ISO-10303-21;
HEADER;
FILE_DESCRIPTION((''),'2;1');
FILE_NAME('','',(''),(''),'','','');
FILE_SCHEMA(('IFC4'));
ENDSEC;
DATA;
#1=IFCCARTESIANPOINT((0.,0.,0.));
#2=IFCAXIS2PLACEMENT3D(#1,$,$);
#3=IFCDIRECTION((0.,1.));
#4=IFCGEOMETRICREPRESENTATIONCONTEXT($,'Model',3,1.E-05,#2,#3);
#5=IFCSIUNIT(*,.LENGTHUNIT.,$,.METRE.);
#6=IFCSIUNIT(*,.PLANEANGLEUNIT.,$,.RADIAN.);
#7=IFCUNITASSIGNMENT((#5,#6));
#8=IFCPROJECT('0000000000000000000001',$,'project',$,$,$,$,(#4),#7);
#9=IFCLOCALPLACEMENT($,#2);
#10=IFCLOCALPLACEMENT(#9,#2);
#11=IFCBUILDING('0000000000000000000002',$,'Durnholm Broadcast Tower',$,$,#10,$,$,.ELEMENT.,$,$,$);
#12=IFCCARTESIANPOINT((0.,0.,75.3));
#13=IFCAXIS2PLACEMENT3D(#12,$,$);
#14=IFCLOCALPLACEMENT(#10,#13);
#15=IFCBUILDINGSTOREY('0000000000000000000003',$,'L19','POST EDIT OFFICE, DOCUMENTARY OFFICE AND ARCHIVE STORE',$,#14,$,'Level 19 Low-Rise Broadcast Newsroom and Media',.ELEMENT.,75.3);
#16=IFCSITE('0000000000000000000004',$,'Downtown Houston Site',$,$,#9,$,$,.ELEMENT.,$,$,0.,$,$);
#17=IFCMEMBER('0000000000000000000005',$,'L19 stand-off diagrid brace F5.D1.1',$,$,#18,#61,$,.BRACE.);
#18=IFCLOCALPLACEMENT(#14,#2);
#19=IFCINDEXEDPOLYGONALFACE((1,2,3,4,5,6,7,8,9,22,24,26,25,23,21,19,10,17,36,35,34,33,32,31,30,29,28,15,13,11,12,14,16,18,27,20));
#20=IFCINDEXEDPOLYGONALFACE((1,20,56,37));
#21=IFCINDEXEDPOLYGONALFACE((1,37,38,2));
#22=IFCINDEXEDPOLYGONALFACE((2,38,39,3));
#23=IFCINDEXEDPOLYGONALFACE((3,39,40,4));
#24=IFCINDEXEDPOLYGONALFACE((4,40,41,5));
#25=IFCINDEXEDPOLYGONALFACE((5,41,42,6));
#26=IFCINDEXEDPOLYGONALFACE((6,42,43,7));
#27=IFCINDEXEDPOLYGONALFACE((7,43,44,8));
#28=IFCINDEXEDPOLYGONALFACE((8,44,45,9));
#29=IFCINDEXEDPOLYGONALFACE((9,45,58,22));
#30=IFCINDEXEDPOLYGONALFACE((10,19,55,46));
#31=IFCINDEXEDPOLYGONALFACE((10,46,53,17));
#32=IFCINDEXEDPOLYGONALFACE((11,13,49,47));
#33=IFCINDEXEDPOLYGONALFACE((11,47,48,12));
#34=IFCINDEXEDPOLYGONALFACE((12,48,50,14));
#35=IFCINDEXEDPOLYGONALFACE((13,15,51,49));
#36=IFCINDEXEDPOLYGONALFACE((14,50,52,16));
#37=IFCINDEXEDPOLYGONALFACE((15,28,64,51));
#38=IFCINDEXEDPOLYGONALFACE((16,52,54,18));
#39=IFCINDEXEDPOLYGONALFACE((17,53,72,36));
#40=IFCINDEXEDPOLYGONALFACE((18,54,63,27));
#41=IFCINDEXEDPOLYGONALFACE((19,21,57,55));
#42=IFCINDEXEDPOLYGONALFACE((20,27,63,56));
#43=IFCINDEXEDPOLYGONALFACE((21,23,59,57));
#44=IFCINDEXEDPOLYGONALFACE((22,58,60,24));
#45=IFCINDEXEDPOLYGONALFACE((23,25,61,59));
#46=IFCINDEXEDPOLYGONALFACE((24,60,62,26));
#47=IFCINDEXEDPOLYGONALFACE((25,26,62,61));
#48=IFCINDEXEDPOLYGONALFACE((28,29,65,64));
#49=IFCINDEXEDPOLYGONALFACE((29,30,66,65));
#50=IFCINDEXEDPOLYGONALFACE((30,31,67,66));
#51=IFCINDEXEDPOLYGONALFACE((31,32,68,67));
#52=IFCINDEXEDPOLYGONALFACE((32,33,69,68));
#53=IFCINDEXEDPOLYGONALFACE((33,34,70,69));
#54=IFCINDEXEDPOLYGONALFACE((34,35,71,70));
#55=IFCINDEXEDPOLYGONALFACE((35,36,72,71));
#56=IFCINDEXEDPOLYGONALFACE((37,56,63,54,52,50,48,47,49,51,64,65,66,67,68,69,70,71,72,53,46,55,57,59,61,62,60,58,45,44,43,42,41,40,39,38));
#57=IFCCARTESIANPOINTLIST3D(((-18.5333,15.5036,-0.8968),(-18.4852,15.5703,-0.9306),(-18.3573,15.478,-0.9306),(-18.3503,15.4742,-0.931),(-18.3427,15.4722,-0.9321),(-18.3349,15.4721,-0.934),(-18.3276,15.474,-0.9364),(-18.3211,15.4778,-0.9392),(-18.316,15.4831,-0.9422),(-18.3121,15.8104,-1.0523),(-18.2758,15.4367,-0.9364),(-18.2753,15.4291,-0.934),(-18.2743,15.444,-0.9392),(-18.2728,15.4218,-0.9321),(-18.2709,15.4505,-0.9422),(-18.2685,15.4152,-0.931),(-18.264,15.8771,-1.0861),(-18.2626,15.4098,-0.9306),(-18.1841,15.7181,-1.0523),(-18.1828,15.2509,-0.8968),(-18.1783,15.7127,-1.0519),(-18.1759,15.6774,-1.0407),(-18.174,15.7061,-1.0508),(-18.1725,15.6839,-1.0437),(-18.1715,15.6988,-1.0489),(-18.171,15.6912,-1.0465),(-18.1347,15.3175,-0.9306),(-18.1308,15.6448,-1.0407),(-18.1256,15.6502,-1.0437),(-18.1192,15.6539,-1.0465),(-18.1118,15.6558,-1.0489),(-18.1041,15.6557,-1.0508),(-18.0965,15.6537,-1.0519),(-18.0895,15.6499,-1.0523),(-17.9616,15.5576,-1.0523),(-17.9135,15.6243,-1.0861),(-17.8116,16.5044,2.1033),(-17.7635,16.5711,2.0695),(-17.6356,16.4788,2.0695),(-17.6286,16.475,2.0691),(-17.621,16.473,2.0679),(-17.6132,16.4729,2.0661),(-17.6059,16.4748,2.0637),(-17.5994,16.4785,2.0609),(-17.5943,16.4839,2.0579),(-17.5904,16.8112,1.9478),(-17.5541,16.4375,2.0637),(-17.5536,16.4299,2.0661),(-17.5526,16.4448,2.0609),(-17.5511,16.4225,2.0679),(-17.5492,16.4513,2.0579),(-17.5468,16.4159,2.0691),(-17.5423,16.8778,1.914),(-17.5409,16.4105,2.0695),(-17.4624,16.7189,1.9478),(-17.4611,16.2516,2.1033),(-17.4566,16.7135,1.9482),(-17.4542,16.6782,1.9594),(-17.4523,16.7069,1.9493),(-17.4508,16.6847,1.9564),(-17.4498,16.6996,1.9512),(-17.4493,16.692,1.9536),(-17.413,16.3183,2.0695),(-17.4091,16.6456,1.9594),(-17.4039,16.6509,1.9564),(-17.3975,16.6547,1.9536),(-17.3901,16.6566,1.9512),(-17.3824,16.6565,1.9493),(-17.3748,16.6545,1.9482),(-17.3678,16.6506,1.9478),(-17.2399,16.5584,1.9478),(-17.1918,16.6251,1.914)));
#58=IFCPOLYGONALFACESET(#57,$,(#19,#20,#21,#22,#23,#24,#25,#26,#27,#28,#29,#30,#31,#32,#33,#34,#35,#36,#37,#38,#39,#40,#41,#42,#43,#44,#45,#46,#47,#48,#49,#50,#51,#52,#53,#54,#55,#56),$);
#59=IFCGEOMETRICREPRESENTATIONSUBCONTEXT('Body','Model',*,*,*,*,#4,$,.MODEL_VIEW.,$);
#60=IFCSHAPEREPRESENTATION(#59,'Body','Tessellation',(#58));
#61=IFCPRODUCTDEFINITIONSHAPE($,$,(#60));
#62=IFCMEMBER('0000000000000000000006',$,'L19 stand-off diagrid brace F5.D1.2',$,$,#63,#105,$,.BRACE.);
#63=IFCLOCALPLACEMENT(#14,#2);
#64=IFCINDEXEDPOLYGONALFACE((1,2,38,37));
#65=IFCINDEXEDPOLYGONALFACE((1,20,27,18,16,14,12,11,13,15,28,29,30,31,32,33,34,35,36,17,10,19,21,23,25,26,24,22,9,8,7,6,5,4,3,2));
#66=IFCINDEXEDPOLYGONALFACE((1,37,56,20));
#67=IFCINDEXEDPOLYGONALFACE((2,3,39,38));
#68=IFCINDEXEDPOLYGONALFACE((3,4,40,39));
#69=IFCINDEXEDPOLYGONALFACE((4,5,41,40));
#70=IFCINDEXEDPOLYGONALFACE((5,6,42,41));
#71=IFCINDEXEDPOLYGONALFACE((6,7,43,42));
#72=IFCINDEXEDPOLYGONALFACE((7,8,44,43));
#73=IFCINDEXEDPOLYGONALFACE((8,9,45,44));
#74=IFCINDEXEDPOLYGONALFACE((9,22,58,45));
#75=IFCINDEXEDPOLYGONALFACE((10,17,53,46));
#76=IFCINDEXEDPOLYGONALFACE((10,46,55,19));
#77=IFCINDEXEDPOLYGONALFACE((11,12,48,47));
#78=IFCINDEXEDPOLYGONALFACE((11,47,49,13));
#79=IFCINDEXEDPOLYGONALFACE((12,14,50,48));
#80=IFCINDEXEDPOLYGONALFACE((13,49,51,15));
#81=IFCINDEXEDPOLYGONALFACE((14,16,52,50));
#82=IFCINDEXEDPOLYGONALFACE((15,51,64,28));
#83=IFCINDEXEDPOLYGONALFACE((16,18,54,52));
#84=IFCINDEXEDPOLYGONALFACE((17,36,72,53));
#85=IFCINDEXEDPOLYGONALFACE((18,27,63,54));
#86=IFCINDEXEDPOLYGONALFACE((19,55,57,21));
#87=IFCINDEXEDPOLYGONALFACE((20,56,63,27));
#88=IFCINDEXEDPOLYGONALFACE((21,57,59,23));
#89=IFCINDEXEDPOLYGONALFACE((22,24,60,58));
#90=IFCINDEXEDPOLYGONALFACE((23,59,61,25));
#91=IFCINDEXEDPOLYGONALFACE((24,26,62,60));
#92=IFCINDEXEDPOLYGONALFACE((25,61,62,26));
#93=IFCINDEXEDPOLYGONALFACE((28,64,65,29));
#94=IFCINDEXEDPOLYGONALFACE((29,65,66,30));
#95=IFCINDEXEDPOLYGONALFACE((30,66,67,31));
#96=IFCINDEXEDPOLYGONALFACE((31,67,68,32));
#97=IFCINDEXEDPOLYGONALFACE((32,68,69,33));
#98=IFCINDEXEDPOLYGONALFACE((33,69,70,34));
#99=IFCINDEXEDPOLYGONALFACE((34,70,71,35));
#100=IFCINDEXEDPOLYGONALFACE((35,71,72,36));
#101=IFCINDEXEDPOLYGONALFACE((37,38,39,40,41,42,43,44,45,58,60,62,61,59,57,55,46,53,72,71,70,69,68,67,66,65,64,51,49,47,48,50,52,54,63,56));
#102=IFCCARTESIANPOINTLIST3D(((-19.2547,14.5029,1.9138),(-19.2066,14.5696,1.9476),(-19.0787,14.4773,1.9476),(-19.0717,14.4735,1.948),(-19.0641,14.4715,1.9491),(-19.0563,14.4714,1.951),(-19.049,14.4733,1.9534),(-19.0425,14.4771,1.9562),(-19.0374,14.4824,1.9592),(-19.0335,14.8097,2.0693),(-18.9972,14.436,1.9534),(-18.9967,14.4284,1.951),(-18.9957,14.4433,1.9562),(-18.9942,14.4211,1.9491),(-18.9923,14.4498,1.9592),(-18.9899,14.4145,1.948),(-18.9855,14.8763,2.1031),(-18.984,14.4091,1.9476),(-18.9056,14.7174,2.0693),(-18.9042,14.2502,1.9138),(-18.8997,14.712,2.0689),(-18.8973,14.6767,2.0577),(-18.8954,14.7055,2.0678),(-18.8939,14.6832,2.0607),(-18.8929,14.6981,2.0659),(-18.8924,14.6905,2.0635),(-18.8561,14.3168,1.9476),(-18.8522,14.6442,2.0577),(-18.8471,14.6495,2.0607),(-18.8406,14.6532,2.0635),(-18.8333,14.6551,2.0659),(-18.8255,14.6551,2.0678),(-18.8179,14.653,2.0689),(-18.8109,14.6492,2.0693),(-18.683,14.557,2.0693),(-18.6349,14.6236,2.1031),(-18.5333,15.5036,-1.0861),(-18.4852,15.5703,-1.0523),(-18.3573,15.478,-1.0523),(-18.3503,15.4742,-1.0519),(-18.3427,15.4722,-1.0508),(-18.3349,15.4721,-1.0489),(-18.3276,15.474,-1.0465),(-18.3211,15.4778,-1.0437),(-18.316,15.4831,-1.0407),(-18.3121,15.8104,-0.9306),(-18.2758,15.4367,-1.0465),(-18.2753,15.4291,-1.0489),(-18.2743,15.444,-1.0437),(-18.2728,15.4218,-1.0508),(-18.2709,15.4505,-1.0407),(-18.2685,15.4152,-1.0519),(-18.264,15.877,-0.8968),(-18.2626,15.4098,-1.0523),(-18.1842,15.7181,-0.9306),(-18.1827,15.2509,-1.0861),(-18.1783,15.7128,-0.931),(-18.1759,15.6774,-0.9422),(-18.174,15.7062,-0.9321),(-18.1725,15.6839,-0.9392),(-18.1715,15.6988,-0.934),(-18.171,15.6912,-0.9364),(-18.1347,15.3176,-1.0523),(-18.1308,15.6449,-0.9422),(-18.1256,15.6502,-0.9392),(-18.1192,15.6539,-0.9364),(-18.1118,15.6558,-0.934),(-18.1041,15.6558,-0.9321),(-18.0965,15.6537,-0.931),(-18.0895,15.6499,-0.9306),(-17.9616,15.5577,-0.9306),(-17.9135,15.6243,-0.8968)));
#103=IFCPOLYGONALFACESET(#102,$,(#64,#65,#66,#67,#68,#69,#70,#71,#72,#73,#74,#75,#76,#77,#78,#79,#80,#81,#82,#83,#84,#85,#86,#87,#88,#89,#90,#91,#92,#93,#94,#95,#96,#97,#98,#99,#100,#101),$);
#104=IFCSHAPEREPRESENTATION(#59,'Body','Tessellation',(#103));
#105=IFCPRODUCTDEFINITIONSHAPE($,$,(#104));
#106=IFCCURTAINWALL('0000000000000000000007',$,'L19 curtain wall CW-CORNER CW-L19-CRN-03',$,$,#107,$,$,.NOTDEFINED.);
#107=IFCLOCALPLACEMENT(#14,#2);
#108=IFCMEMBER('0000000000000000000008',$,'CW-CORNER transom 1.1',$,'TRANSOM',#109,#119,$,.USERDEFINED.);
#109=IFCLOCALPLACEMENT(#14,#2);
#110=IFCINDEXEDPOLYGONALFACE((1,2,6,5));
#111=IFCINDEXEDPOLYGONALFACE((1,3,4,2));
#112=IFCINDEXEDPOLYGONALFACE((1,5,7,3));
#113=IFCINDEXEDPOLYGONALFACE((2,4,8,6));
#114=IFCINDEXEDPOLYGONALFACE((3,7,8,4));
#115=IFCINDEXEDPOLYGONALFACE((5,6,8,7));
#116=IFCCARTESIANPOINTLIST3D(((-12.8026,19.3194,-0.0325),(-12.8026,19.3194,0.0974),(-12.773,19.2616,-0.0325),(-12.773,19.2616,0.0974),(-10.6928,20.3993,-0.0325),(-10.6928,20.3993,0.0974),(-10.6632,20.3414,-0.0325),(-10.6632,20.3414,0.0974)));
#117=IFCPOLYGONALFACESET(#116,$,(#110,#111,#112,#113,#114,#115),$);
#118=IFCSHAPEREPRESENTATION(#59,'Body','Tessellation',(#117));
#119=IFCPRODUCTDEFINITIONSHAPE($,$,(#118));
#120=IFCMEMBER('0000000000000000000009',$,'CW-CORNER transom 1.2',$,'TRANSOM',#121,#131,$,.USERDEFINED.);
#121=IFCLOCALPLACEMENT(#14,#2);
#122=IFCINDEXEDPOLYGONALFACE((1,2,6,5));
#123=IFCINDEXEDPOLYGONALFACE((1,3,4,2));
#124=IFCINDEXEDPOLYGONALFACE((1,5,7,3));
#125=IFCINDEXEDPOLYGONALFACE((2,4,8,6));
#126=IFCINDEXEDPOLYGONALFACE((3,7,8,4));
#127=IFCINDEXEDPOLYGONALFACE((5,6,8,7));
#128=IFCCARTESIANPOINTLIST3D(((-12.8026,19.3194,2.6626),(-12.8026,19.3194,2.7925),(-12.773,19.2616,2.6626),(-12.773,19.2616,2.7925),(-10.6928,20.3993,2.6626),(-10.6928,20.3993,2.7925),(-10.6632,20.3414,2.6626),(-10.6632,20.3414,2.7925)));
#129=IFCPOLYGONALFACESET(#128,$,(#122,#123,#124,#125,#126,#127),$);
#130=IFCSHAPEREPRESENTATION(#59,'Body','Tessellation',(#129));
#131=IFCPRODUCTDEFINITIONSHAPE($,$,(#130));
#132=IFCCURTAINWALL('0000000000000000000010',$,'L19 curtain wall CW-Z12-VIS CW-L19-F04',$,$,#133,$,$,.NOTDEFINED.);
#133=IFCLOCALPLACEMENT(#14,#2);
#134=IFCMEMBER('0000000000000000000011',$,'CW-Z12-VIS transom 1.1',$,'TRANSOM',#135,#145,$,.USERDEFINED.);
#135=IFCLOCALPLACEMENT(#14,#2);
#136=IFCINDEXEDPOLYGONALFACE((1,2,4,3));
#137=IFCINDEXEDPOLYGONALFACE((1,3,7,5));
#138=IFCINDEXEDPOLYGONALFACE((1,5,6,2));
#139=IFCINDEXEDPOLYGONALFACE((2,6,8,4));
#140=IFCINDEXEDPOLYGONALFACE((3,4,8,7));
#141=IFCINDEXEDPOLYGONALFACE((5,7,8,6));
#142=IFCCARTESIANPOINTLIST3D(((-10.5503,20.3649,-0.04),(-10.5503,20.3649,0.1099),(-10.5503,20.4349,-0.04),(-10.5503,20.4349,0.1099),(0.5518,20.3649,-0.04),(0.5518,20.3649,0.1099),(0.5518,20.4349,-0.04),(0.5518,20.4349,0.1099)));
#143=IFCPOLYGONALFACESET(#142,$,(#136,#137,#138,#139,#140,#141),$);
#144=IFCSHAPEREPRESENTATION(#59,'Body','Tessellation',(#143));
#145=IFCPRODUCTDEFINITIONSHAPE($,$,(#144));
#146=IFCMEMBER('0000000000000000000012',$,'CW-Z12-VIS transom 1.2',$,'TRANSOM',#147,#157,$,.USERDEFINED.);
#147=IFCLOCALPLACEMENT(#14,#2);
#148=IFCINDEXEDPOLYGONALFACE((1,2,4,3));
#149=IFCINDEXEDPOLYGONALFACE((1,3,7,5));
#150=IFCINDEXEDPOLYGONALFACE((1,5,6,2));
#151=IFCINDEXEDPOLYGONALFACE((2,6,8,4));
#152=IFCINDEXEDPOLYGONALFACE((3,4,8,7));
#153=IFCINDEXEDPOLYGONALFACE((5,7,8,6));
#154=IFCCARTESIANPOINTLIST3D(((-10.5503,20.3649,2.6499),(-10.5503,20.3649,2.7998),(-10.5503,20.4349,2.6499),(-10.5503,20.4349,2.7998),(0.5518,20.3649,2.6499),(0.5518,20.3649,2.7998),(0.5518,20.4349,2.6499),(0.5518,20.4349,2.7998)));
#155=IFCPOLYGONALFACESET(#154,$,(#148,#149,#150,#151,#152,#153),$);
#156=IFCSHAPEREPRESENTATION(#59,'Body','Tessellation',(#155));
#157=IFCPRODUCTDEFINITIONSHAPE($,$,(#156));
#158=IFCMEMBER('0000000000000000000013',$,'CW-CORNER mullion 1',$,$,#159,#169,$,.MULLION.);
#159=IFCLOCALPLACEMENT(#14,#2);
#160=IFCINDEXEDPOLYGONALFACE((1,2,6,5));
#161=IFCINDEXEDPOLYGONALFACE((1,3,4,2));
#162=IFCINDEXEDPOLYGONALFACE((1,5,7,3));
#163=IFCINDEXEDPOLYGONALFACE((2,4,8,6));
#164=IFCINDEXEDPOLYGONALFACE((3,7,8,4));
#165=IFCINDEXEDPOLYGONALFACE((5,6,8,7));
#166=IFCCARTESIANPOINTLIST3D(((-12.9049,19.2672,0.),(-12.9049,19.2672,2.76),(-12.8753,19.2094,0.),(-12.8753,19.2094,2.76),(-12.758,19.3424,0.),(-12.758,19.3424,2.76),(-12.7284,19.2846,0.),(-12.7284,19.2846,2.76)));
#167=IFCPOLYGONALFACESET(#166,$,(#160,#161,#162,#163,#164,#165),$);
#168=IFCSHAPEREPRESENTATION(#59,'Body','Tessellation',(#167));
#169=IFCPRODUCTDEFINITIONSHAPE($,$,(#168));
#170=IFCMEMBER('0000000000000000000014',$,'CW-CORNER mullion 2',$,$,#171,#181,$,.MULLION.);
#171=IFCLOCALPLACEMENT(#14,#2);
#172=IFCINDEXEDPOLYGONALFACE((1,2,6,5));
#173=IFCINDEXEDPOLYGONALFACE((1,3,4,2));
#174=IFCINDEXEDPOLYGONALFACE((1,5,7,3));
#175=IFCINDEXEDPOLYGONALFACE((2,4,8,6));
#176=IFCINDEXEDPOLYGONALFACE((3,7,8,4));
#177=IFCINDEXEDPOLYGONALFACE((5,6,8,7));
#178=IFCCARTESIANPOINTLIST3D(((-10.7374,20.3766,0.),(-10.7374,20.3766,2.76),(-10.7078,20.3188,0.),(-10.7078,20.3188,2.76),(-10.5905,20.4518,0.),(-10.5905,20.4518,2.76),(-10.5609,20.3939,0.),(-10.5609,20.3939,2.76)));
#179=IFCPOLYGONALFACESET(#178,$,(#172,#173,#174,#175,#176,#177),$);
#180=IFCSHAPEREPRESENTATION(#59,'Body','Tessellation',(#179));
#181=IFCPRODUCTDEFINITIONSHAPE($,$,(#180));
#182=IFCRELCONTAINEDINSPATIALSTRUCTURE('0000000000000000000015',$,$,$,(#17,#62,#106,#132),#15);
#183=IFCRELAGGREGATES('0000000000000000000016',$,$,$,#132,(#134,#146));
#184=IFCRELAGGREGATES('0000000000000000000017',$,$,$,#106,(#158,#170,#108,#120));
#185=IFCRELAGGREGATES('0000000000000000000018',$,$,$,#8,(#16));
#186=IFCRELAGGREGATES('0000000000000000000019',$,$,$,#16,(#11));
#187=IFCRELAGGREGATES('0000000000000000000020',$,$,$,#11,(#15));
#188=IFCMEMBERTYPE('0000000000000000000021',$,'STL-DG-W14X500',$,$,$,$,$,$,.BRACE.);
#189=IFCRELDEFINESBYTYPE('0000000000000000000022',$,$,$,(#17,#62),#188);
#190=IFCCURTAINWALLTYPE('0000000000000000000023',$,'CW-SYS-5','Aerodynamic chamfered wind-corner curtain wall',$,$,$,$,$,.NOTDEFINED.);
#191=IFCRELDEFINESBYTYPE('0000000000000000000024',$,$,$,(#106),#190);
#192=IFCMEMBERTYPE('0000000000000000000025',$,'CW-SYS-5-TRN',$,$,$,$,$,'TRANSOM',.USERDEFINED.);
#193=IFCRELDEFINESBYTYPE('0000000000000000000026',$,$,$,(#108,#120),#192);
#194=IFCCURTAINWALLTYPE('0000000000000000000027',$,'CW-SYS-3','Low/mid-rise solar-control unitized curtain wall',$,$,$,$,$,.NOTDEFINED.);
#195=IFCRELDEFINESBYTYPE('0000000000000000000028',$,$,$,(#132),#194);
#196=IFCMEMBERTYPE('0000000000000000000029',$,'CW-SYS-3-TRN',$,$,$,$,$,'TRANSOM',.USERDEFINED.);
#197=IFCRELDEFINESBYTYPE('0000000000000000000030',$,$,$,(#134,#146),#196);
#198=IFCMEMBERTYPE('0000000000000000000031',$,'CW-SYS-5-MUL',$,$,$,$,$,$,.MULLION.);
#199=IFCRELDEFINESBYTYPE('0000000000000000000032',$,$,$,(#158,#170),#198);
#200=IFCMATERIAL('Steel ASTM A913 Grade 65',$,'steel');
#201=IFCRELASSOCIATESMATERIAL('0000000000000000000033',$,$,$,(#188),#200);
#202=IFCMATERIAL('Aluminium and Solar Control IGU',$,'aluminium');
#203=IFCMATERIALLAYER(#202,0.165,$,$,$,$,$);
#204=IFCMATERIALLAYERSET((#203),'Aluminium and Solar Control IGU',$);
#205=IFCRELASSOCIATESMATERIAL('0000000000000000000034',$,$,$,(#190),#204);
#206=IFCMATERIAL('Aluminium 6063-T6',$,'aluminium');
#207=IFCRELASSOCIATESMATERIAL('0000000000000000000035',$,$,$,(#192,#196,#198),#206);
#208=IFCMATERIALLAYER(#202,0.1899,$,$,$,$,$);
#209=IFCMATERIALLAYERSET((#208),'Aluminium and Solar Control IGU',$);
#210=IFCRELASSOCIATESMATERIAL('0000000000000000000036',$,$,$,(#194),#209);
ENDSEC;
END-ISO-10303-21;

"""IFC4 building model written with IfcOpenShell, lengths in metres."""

from ifc_helpers import new_model, si_unit, direction, frame, origin, origin_2d, place, context, subcontext, project, spatial, rectangle, i_section, extrude, source, transform, mapped, material, layer, layer_set, material_profile, profile_set, type_object, type_shapes, element, aggregate, save


model = new_model("IFC4")

# Units and contexts
model_context = context("Model", 3, precision=1e-05, world=origin(), true_north=direction((0.0, 1.0)))
body_context = subcontext(model_context, "Body", "Model", "MODEL_VIEW")
ifc_project = project(units=[si_unit("LENGTHUNIT", "METRE"), si_unit("PLANEANGLEUNIT", "RADIAN")], contexts=[model_context])

# Site, building, storey
site_placement = place(None, origin())
site = spatial("IfcSite", under=ifc_project, at=site_placement, Name="Downtown Houston Site", CompositionType="ELEMENT", RefElevation=0.0)
building_placement = place(site_placement, origin())
building = spatial("IfcBuilding", under=site, at=building_placement, Name="Durnholm Broadcast Tower", CompositionType="ELEMENT")
storey_placement = place(building_placement, frame((0.0, 0.0, 75.3)))
storey = spatial("IfcBuildingStorey", under=building, at=storey_placement, Name="L19", Description="POST EDIT OFFICE, DOCUMENTARY OFFICE AND ARCHIVE STORE", LongName="Level 19 Low-Rise Broadcast Newsroom and Media", CompositionType="ELEMENT", Elevation=75.3)

# Members
ifc_material_1 = material(Name="Steel ASTM A913 Grade 65", Category="steel")
ifc_material_profile_1 = material_profile(ifc_material_1, i_section(OverallWidth=0.4321, OverallDepth=0.4978, WebThickness=0.0557, FlangeThickness=0.0889, FilletRadius=0.0305, at=origin_2d()), Name="W14X500")
ifc_profile_set_1 = profile_set([ifc_material_profile_1], Name="Steel ASTM A913 Grade 65")
member_type_1 = type_object("IfcMemberType", Name="STL-DG-W14X500", PredefinedType="BRACE", material=ifc_profile_set_1)
shared_shape_1 = source(origin(), body_context, "Body", "SweptSolid", [
    extrude(i_section(OverallWidth=0.4321, OverallDepth=0.4978, WebThickness=0.0557, FlangeThickness=0.0889, FilletRadius=0.0305, at=origin_2d()), origin(), (0.0, 0.0, 1.0), 3.2439),
])
member_1_placement = place(storey_placement, frame((-18.2234, 15.564, -0.9915), z_axis=(0.222479, 0.308505, 0.924839), x_axis=(-0.811091, 0.58492, 0.0)))
element("IfcMember", 1, at=member_1_placement, inside=storey, type_object=member_type_1, Name="L19 stand-off diagrid brace F5.D1.1", PredefinedType="BRACE", context=body_context, shape_type="MappedRepresentation", body=[
    mapped(shared_shape_1, transform((0.0, 0.0, 0.0), x_axis=(1.0, 0.0, 0.0), y_axis=(0.0, 1.0, 0.0), z_axis=(0.0, 0.0, 1.0), scale=1.0)),
])
shared_shape_2 = source(origin(), body_context, "Body", "SweptSolid", [
    extrude(i_section(OverallWidth=0.4321, OverallDepth=0.4978, WebThickness=0.0557, FlangeThickness=0.0889, FilletRadius=0.0305, at=origin_2d()), origin(), (0.0, 0.0, 1.0), 3.2437),
])
type_shapes(member_type_1, [shared_shape_1, shared_shape_2])
member_2_placement = place(storey_placement, frame((-18.2234, 15.564, -0.9915), z_axis=(-0.222408, -0.308511, 0.924855), x_axis=(0.811185, -0.584789, 0.0)))
element("IfcMember", 2, at=member_2_placement, inside=storey, type_object=member_type_1, Name="L19 stand-off diagrid brace F5.D1.2", PredefinedType="BRACE", context=body_context, shape_type="MappedRepresentation", body=[
    mapped(shared_shape_2, transform((0.0, 0.0, 0.0), x_axis=(1.0, 0.0, 0.0), y_axis=(0.0, 1.0, 0.0), z_axis=(0.0, 0.0, 1.0), scale=1.0)),
])

# Curtain walls, members
ifc_material_2 = material(Name="Aluminium and Solar Control IGU", Category="aluminium")
ifc_layer_1 = layer(ifc_material_2, 0.165)
ifc_layer_set_1 = layer_set([ifc_layer_1], Name="Aluminium and Solar Control IGU")
curtain_wall_type_1 = type_object("IfcCurtainWallType", Name="CW-SYS-5", Description="Aerodynamic chamfered wind-corner curtain wall", PredefinedType="NOTDEFINED", material=ifc_layer_set_1)
curtain_wall_1_placement = place(storey_placement, origin())
curtain_wall_1 = element("IfcCurtainWall", 3, at=curtain_wall_1_placement, inside=storey, type_object=curtain_wall_type_1, Name="L19 curtain wall CW-CORNER CW-L19-CRN-03", PredefinedType="NOTDEFINED")
ifc_material_3 = material(Name="Aluminium 6063-T6", Category="aluminium")
ifc_material_profile_2 = material_profile(ifc_material_3, rectangle(XDim=0.0649, YDim=0.1299, at=origin_2d()), Name="CWT65X130")
ifc_profile_set_2 = profile_set([ifc_material_profile_2], Name="Aluminium 6063-T6")
member_type_2 = type_object("IfcMemberType", Name="CW-SYS-5-TRN", ElementType="TRANSOM", PredefinedType="USERDEFINED", material=ifc_profile_set_2)
shared_shape_3 = source(origin(), body_context, "Body", "SweptSolid", [
    extrude(rectangle(XDim=0.0649, YDim=0.1299, at=origin_2d()), origin(), (0.0, 0.0, 1.0), 2.3701),
])
type_shapes(member_type_2, [shared_shape_3])
member_3_placement = place(storey_placement, frame((-12.7878, 19.2905, 0.0325), z_axis=(0.890185, 0.455599, 0.0), x_axis=(-0.455599, 0.890185, 0.0)))
member_3 = element("IfcMember", 4, at=member_3_placement, type_object=member_type_2, Name="CW-CORNER transom 1.1", ObjectType="TRANSOM", PredefinedType="USERDEFINED", context=body_context, shape_type="MappedRepresentation", body=[
    mapped(shared_shape_3, transform((0.0, 0.0, 0.0), x_axis=(1.0, 0.0, 0.0), y_axis=(0.0, 1.0, 0.0), z_axis=(0.0, 0.0, 1.0), scale=1.0)),
])
member_4_placement = place(storey_placement, frame((-12.7878, 19.2905, 2.7275), z_axis=(0.890185, 0.455599, 0.0), x_axis=(-0.455599, 0.890185, 0.0)))
member_4 = element("IfcMember", 5, at=member_4_placement, type_object=member_type_2, Name="CW-CORNER transom 1.2", ObjectType="TRANSOM", PredefinedType="USERDEFINED", context=body_context, shape_type="MappedRepresentation", body=[
    mapped(shared_shape_3, transform((0.0, 0.0, 0.0), x_axis=(1.0, 0.0, 0.0), y_axis=(0.0, 1.0, 0.0), z_axis=(0.0, 0.0, 1.0), scale=1.0)),
])
ifc_layer_2 = layer(ifc_material_2, 0.1899)
ifc_layer_set_2 = layer_set([ifc_layer_2], Name="Aluminium and Solar Control IGU")
curtain_wall_type_2 = type_object("IfcCurtainWallType", Name="CW-SYS-3", Description="Low/mid-rise solar-control unitized curtain wall", PredefinedType="NOTDEFINED", material=ifc_layer_set_2)
curtain_wall_2_placement = place(storey_placement, origin())
curtain_wall_2 = element("IfcCurtainWall", 6, at=curtain_wall_2_placement, inside=storey, type_object=curtain_wall_type_2, Name="L19 curtain wall CW-Z12-VIS CW-L19-F04", PredefinedType="NOTDEFINED")
ifc_material_profile_3 = material_profile(ifc_material_3, rectangle(XDim=0.0701, YDim=0.1499, at=origin_2d()), Name="CWT70X150")
ifc_profile_set_3 = profile_set([ifc_material_profile_3], Name="Aluminium 6063-T6")
member_type_3 = type_object("IfcMemberType", Name="CW-SYS-3-TRN", ElementType="TRANSOM", PredefinedType="USERDEFINED", material=ifc_profile_set_3)
shared_shape_4 = source(origin(), body_context, "Body", "SweptSolid", [
    extrude(rectangle(XDim=0.0701, YDim=0.1499, at=origin_2d()), origin(), (0.0, 0.0, 1.0), 11.1021),
])
type_shapes(member_type_3, [shared_shape_4])
member_5_placement = place(storey_placement, frame((-10.5503, 20.3999, 0.0349), z_axis=(1.0, 0.0, 0.0), x_axis=(0.0, 1.0, 0.0)))
member_5 = element("IfcMember", 7, at=member_5_placement, type_object=member_type_3, Name="CW-Z12-VIS transom 1.1", ObjectType="TRANSOM", PredefinedType="USERDEFINED", context=body_context, shape_type="MappedRepresentation", body=[
    mapped(shared_shape_4, transform((0.0, 0.0, 0.0), x_axis=(1.0, 0.0, 0.0), y_axis=(0.0, 1.0, 0.0), z_axis=(0.0, 0.0, 1.0), scale=1.0)),
])
member_6_placement = place(storey_placement, frame((-10.5503, 20.3999, 2.7249), z_axis=(1.0, 0.0, 0.0), x_axis=(0.0, 1.0, 0.0)))
member_6 = element("IfcMember", 8, at=member_6_placement, type_object=member_type_3, Name="CW-Z12-VIS transom 1.2", ObjectType="TRANSOM", PredefinedType="USERDEFINED", context=body_context, shape_type="MappedRepresentation", body=[
    mapped(shared_shape_4, transform((0.0, 0.0, 0.0), x_axis=(1.0, 0.0, 0.0), y_axis=(0.0, 1.0, 0.0), z_axis=(0.0, 0.0, 1.0), scale=1.0)),
])

# Members
ifc_material_profile_4 = material_profile(ifc_material_3, rectangle(XDim=0.0649, YDim=0.165, at=origin_2d()), Name="CWM65X165")
ifc_profile_set_4 = profile_set([ifc_material_profile_4], Name="Aluminium 6063-T6")
member_type_4 = type_object("IfcMemberType", Name="CW-SYS-5-MUL", PredefinedType="MULLION", material=ifc_profile_set_4)
shared_shape_5 = source(origin(), body_context, "Body", "SweptSolid", [
    extrude(rectangle(XDim=0.0649, YDim=0.165, at=origin_2d()), origin(), (0.0, 0.0, 1.0), 2.76),
])
type_shapes(member_type_4, [shared_shape_5])
member_7_placement = place(storey_placement, frame((-12.8167, 19.2759, 0.0), z_axis=(0.0, 0.0, 1.0), x_axis=(-0.455594, 0.890188, 0.0)))
member_7 = element("IfcMember", 9, at=member_7_placement, type_object=member_type_4, Name="CW-CORNER mullion 1", PredefinedType="MULLION", context=body_context, shape_type="MappedRepresentation", body=[
    mapped(shared_shape_5, transform((0.0, 0.0, 0.0), x_axis=(1.0, 0.0, 0.0), y_axis=(0.0, 1.0, 0.0), z_axis=(0.0, 0.0, 1.0), scale=1.0)),
])
member_8_placement = place(storey_placement, frame((-10.6492, 20.3853, 0.0), z_axis=(0.0, 0.0, 1.0), x_axis=(-0.455594, 0.890188, 0.0)))
member_8 = element("IfcMember", 10, at=member_8_placement, type_object=member_type_4, Name="CW-CORNER mullion 2", PredefinedType="MULLION", context=body_context, shape_type="MappedRepresentation", body=[
    mapped(shared_shape_5, transform((0.0, 0.0, 0.0), x_axis=(1.0, 0.0, 0.0), y_axis=(0.0, 1.0, 0.0), z_axis=(0.0, 0.0, 1.0), scale=1.0)),
])

aggregate(curtain_wall_2, [member_5, member_6])

aggregate(curtain_wall_1, [member_7, member_8, member_3, member_4])

save(model, "model.ifc")
